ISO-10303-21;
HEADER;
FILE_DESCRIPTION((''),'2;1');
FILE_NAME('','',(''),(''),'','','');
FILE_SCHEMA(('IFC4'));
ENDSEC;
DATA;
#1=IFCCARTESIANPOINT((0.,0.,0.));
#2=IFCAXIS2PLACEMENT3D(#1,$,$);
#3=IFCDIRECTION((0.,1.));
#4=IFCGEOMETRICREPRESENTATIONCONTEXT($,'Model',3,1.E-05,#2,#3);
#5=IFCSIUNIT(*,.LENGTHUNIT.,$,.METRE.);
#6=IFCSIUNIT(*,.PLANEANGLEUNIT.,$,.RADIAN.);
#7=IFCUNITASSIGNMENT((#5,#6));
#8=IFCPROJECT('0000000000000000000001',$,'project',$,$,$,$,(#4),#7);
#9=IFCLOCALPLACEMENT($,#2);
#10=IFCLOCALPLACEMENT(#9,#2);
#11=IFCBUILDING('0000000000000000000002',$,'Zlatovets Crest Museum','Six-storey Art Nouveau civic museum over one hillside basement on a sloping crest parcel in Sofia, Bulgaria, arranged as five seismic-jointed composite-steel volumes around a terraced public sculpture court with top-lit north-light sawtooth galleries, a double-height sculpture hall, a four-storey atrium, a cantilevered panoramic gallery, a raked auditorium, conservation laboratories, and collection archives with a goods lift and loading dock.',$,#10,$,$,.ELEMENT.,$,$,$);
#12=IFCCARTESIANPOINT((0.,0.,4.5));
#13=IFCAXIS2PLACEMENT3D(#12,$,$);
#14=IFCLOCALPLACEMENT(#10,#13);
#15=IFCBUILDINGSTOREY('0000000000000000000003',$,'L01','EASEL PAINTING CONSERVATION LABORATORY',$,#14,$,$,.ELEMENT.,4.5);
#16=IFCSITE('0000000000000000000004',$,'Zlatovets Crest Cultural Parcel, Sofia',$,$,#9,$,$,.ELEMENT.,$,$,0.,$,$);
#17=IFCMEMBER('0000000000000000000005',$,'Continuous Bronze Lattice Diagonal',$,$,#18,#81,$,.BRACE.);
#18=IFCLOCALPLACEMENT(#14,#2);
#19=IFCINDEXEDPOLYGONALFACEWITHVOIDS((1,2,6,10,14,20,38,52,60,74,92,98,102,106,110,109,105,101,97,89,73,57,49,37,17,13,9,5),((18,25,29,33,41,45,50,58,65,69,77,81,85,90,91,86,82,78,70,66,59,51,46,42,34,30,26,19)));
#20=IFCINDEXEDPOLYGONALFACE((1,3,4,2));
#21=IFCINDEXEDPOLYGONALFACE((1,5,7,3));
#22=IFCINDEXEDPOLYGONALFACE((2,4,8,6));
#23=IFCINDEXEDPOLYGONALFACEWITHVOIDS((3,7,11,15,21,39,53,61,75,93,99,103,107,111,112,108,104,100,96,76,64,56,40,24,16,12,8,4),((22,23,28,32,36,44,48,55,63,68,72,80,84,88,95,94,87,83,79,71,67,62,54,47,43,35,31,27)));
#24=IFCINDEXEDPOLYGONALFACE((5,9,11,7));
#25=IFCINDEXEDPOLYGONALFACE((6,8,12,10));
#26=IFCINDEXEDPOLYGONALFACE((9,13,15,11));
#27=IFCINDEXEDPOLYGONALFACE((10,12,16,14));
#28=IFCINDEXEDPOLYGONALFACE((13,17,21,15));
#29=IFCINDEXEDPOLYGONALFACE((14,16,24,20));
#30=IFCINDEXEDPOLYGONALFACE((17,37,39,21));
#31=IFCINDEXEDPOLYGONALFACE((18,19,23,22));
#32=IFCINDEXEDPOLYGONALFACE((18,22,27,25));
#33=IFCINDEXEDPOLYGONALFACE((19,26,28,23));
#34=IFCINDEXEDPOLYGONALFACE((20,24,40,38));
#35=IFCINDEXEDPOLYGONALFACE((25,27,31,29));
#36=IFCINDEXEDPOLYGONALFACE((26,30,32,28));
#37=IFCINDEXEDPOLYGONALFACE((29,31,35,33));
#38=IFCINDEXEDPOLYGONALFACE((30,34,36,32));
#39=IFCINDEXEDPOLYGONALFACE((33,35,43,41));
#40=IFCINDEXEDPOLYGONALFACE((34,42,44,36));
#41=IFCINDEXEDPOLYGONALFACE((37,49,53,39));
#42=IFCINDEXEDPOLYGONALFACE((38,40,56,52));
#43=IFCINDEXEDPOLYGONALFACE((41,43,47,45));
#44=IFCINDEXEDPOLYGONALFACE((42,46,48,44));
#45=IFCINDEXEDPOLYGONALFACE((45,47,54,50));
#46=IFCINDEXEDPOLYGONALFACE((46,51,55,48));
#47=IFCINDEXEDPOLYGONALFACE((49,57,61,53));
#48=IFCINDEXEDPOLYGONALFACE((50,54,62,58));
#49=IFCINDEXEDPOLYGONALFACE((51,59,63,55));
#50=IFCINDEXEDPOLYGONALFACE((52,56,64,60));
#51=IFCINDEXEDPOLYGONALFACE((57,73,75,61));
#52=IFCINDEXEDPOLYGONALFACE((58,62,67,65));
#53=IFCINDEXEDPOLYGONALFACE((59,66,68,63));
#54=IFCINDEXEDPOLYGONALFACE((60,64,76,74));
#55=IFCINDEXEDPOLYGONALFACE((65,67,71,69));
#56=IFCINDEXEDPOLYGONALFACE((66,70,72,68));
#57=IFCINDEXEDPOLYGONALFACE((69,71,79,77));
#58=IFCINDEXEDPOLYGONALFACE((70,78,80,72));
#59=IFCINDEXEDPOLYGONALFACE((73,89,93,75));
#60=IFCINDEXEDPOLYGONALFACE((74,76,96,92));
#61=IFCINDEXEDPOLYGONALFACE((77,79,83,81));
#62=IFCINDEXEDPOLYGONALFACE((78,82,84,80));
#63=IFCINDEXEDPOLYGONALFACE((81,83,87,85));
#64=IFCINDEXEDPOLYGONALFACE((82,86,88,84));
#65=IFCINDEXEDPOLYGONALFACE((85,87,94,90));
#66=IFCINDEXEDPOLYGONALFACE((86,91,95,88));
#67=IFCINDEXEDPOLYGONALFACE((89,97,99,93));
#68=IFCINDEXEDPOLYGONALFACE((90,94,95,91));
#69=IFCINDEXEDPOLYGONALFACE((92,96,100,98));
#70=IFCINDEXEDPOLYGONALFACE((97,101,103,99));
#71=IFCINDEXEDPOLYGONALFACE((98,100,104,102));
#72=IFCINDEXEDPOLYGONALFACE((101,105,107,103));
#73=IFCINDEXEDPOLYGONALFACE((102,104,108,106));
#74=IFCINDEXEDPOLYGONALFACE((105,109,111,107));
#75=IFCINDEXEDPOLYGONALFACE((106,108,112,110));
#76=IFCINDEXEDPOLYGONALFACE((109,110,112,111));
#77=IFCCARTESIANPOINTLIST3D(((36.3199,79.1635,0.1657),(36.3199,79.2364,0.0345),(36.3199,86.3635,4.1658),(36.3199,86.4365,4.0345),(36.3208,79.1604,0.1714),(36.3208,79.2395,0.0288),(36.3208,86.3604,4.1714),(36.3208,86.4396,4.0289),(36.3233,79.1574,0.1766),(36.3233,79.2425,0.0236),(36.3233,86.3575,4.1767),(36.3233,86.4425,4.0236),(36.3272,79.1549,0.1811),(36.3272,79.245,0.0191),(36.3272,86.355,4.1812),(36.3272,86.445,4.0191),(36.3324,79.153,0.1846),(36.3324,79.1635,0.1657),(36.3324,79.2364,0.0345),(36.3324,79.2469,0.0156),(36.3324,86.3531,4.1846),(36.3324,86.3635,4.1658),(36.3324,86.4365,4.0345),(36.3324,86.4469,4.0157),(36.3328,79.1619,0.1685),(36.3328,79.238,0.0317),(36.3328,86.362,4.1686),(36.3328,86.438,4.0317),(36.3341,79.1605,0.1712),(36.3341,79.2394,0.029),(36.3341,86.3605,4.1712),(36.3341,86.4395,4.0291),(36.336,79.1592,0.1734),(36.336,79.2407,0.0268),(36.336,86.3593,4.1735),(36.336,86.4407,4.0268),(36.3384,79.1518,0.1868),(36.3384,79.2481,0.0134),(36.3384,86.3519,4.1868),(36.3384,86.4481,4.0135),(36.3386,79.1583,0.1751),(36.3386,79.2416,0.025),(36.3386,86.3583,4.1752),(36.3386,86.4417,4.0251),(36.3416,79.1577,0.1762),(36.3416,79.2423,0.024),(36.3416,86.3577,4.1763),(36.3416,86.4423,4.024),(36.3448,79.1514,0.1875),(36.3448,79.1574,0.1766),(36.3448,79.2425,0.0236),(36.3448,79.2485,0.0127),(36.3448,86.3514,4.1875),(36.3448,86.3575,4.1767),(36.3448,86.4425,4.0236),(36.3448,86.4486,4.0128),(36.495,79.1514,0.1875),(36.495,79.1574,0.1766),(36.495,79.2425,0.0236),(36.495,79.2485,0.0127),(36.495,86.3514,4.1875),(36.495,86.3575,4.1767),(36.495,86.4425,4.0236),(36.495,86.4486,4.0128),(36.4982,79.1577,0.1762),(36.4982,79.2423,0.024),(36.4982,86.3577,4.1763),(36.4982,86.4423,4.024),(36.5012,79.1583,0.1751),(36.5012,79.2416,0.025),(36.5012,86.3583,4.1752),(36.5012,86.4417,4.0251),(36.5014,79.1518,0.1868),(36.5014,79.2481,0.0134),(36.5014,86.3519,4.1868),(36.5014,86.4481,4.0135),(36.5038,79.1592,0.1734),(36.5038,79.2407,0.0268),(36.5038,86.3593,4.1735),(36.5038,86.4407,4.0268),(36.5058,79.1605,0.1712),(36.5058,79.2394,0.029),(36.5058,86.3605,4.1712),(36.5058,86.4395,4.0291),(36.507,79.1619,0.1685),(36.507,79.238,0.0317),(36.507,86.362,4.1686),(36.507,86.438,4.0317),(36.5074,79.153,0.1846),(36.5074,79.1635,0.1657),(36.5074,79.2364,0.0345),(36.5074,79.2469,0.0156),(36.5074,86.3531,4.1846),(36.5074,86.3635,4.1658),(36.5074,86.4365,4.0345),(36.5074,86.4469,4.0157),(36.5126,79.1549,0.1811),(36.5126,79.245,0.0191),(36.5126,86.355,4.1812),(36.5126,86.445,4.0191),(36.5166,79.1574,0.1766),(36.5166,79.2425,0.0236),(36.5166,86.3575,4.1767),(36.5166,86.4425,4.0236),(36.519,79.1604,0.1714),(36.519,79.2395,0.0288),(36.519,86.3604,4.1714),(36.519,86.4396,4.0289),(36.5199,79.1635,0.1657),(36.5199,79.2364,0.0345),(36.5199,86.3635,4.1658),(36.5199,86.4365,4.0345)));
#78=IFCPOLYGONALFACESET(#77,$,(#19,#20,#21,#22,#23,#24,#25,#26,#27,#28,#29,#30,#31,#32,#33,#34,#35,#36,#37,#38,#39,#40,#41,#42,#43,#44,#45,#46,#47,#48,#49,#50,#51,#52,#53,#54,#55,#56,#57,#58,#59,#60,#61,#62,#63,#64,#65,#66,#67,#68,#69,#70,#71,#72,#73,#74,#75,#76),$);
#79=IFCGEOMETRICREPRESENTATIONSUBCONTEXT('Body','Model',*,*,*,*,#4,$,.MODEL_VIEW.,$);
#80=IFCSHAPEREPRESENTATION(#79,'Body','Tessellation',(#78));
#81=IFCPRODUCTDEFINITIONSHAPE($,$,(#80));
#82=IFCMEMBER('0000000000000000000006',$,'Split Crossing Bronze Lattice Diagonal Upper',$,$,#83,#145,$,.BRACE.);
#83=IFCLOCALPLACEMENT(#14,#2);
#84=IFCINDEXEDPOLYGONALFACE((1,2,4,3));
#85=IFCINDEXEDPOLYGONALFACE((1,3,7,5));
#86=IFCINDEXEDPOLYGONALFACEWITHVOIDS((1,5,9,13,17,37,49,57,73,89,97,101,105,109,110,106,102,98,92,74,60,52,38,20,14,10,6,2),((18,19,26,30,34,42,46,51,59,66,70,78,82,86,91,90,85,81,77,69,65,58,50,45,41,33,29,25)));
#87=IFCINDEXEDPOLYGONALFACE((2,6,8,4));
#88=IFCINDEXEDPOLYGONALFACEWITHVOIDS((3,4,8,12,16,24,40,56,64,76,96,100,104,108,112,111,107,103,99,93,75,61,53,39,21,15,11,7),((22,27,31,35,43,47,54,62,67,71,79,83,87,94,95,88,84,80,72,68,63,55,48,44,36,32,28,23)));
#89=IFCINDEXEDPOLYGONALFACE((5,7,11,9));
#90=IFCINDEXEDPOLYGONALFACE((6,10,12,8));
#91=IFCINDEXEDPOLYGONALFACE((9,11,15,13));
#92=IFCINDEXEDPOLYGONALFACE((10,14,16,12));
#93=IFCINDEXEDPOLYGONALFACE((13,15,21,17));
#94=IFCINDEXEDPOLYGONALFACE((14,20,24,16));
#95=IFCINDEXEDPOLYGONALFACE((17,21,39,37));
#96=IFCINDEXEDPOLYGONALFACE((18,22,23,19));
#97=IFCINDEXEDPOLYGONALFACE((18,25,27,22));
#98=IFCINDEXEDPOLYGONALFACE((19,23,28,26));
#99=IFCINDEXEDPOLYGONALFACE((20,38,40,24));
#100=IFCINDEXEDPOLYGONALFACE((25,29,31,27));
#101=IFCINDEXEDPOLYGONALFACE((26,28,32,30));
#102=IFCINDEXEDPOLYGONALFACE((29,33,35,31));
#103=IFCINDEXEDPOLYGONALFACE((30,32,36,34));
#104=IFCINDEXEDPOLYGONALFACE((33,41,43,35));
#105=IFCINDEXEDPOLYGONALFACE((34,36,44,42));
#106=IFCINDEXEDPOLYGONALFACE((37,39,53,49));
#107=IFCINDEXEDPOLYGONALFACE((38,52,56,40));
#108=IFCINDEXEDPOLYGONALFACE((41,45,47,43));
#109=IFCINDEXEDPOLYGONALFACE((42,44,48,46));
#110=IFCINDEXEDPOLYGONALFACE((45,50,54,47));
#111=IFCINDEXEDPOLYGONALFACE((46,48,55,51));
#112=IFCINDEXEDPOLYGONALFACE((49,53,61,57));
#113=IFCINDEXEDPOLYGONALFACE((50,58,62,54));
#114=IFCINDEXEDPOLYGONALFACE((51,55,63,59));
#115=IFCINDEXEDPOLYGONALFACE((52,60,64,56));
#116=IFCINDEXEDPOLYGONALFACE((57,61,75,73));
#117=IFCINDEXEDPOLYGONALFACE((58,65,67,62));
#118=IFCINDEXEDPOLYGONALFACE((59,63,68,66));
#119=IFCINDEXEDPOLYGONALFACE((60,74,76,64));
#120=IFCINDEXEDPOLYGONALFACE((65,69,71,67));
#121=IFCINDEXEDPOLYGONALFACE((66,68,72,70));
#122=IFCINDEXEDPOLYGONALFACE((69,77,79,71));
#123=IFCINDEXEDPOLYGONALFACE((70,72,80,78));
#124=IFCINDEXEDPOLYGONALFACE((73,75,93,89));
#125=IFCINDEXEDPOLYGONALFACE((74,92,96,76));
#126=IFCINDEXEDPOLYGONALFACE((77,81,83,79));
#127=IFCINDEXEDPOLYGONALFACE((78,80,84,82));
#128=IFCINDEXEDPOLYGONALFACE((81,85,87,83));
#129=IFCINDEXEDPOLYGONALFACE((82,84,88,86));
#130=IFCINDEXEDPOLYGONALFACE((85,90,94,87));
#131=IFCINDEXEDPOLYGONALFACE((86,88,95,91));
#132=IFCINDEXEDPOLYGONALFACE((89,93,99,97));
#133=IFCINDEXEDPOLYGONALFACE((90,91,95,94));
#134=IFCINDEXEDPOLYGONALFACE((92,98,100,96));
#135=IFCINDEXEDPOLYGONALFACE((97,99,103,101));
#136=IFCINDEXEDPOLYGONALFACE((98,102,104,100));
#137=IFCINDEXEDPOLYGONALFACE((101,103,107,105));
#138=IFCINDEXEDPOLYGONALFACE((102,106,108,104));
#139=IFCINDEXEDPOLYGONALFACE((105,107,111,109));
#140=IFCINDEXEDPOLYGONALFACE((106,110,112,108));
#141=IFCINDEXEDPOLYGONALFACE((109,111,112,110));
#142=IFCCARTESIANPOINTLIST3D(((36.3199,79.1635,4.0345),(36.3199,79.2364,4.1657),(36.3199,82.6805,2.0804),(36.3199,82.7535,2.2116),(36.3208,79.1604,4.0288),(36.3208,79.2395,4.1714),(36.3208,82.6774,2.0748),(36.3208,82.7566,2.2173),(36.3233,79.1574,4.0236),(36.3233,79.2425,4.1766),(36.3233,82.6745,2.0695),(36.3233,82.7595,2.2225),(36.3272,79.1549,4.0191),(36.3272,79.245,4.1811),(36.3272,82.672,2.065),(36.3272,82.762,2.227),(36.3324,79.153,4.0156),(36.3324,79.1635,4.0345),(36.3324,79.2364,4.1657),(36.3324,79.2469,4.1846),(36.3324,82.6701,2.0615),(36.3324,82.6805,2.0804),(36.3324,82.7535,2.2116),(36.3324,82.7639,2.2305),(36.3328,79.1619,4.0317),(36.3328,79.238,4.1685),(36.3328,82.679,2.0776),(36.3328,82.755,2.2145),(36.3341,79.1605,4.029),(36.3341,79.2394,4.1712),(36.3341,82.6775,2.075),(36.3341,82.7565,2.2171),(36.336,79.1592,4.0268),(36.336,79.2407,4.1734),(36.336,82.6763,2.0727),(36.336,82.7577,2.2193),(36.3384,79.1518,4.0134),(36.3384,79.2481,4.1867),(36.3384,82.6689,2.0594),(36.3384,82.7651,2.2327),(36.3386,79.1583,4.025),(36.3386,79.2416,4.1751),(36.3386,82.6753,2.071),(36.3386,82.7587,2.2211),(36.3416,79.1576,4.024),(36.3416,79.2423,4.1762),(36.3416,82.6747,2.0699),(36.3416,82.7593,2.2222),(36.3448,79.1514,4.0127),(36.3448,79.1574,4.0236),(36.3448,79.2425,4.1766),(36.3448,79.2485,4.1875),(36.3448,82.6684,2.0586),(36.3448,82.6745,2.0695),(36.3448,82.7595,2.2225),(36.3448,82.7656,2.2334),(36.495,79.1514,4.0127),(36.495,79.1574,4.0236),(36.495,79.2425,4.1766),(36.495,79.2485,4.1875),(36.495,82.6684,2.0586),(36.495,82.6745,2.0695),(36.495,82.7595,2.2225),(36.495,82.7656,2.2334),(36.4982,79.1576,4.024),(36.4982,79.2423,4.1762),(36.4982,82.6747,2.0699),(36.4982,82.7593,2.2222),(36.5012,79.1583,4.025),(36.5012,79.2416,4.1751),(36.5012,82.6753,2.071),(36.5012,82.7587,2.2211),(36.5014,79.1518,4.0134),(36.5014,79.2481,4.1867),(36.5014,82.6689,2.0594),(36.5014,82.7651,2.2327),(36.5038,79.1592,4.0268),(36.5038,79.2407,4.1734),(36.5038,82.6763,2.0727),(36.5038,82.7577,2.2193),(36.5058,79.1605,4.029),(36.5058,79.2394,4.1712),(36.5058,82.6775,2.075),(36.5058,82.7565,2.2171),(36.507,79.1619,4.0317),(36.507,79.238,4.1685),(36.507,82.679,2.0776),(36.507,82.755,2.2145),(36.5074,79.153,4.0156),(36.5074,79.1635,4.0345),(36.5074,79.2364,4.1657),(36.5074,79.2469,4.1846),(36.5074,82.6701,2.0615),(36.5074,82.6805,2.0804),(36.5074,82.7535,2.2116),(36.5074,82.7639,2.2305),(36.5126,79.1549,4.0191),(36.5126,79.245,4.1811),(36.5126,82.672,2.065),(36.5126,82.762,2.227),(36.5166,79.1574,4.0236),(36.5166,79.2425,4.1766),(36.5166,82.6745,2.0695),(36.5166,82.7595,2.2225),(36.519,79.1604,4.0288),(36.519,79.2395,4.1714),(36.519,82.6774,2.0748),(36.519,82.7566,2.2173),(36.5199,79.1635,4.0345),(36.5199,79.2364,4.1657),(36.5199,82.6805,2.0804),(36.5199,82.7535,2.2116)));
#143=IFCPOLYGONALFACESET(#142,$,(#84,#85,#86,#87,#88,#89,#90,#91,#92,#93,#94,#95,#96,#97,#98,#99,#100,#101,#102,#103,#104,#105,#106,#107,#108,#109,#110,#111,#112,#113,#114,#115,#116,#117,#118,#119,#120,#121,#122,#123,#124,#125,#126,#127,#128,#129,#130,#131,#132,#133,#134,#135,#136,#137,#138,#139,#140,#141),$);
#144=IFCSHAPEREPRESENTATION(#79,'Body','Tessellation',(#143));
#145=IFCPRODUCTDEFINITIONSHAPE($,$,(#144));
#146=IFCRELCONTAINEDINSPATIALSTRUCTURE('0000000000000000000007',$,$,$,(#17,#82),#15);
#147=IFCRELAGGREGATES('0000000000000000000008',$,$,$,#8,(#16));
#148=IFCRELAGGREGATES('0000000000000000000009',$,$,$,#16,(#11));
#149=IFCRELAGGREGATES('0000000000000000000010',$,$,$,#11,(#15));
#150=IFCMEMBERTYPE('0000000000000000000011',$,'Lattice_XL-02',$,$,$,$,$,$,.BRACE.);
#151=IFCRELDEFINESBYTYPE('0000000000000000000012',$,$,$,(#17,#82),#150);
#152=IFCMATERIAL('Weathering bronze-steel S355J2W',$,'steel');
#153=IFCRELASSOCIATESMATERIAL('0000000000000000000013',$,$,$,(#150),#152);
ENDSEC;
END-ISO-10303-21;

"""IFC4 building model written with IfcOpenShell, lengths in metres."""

from ifc_helpers import new_model, si_unit, direction, frame, origin, origin_2d, place, context, subcontext, project, spatial, hollow_rectangle, extrude, material, material_profile, profile_set, type_object, element, save


model = new_model("IFC4")

# Units and contexts
model_context = context("Model", 3, precision=1e-05, world=origin(), true_north=direction((0.0, 1.0)))
body_context = subcontext(model_context, "Body", "Model", "MODEL_VIEW")
ifc_project = project(units=[si_unit("LENGTHUNIT", "METRE"), si_unit("PLANEANGLEUNIT", "RADIAN")], contexts=[model_context])

# Site, building, storey
site_placement = place(None, origin())
site = spatial("IfcSite", under=ifc_project, at=site_placement, Name="Zlatovets Crest Cultural Parcel, Sofia", CompositionType="ELEMENT", RefElevation=0.0)
building_placement = place(site_placement, origin())
building = spatial("IfcBuilding", under=site, at=building_placement, Name="Zlatovets Crest Museum", Description="Six-storey Art Nouveau civic museum over one hillside basement on a sloping crest parcel in Sofia, Bulgaria, arranged as five seismic-jointed composite-steel volumes around a terraced public sculpture court with top-lit north-light sawtooth galleries, a double-height sculpture hall, a four-storey atrium, a cantilevered panoramic gallery, a raked auditorium, conservation laboratories, and collection archives with a goods lift and loading dock.", CompositionType="ELEMENT")
storey_placement = place(building_placement, frame((0.0, 0.0, 4.5)))
storey = spatial("IfcBuildingStorey", under=building, at=storey_placement, Name="L01", Description="EASEL PAINTING CONSERVATION LABORATORY", CompositionType="ELEMENT", Elevation=4.5)

# Members
ifc_material_1 = material(Name="Weathering bronze-steel S355J2W", Category="steel")
ifc_material_profile_1 = material_profile(ifc_material_1, hollow_rectangle(XDim=0.2, YDim=0.2, WallThickness=0.0125, InnerFilletRadius=0.0125, OuterFilletRadius=0.0249, at=origin_2d()), Name="SHS 200x200x12.5")
ifc_profile_set_1 = profile_set([ifc_material_profile_1], Name="Weathering bronze-steel S355J2W")
member_type_1 = type_object("IfcMemberType", Name="Lattice_XL-02", PredefinedType="BRACE", material=ifc_profile_set_1)
member_1_placement = place(storey_placement, frame((36.4199, 79.2, 0.1001), z_axis=(0.0, 0.874156, 0.485645), x_axis=(-1.0, 0.0, 0.0)))
element("IfcMember", 1, at=member_1_placement, inside=storey, type_object=member_type_1, Name="Continuous Bronze Lattice Diagonal", PredefinedType="BRACE", context=body_context, shape_type="SweptSolid", body=[
    extrude(hollow_rectangle(XDim=0.2, YDim=0.2, WallThickness=0.0125, InnerFilletRadius=0.0125, OuterFilletRadius=0.0249, at=origin_2d()), origin(), (0.0, 0.0, 1.0), 8.2366),
])
member_2_placement = place(storey_placement, frame((36.4199, 79.2, 4.1001), z_axis=(0.0, 0.87414, -0.485674), x_axis=(-1.0, 0.0, 0.0)))
element("IfcMember", 2, at=member_2_placement, inside=storey, type_object=member_type_1, Name="Split Crossing Bronze Lattice Diagonal Upper", PredefinedType="BRACE", context=body_context, shape_type="SweptSolid", body=[
    extrude(hollow_rectangle(XDim=0.2, YDim=0.2, WallThickness=0.0125, InnerFilletRadius=0.0125, OuterFilletRadius=0.0249, at=origin_2d()), origin(), (0.0, 0.0, 1.0), 4.0234),
])

save(model, "model.ifc")
